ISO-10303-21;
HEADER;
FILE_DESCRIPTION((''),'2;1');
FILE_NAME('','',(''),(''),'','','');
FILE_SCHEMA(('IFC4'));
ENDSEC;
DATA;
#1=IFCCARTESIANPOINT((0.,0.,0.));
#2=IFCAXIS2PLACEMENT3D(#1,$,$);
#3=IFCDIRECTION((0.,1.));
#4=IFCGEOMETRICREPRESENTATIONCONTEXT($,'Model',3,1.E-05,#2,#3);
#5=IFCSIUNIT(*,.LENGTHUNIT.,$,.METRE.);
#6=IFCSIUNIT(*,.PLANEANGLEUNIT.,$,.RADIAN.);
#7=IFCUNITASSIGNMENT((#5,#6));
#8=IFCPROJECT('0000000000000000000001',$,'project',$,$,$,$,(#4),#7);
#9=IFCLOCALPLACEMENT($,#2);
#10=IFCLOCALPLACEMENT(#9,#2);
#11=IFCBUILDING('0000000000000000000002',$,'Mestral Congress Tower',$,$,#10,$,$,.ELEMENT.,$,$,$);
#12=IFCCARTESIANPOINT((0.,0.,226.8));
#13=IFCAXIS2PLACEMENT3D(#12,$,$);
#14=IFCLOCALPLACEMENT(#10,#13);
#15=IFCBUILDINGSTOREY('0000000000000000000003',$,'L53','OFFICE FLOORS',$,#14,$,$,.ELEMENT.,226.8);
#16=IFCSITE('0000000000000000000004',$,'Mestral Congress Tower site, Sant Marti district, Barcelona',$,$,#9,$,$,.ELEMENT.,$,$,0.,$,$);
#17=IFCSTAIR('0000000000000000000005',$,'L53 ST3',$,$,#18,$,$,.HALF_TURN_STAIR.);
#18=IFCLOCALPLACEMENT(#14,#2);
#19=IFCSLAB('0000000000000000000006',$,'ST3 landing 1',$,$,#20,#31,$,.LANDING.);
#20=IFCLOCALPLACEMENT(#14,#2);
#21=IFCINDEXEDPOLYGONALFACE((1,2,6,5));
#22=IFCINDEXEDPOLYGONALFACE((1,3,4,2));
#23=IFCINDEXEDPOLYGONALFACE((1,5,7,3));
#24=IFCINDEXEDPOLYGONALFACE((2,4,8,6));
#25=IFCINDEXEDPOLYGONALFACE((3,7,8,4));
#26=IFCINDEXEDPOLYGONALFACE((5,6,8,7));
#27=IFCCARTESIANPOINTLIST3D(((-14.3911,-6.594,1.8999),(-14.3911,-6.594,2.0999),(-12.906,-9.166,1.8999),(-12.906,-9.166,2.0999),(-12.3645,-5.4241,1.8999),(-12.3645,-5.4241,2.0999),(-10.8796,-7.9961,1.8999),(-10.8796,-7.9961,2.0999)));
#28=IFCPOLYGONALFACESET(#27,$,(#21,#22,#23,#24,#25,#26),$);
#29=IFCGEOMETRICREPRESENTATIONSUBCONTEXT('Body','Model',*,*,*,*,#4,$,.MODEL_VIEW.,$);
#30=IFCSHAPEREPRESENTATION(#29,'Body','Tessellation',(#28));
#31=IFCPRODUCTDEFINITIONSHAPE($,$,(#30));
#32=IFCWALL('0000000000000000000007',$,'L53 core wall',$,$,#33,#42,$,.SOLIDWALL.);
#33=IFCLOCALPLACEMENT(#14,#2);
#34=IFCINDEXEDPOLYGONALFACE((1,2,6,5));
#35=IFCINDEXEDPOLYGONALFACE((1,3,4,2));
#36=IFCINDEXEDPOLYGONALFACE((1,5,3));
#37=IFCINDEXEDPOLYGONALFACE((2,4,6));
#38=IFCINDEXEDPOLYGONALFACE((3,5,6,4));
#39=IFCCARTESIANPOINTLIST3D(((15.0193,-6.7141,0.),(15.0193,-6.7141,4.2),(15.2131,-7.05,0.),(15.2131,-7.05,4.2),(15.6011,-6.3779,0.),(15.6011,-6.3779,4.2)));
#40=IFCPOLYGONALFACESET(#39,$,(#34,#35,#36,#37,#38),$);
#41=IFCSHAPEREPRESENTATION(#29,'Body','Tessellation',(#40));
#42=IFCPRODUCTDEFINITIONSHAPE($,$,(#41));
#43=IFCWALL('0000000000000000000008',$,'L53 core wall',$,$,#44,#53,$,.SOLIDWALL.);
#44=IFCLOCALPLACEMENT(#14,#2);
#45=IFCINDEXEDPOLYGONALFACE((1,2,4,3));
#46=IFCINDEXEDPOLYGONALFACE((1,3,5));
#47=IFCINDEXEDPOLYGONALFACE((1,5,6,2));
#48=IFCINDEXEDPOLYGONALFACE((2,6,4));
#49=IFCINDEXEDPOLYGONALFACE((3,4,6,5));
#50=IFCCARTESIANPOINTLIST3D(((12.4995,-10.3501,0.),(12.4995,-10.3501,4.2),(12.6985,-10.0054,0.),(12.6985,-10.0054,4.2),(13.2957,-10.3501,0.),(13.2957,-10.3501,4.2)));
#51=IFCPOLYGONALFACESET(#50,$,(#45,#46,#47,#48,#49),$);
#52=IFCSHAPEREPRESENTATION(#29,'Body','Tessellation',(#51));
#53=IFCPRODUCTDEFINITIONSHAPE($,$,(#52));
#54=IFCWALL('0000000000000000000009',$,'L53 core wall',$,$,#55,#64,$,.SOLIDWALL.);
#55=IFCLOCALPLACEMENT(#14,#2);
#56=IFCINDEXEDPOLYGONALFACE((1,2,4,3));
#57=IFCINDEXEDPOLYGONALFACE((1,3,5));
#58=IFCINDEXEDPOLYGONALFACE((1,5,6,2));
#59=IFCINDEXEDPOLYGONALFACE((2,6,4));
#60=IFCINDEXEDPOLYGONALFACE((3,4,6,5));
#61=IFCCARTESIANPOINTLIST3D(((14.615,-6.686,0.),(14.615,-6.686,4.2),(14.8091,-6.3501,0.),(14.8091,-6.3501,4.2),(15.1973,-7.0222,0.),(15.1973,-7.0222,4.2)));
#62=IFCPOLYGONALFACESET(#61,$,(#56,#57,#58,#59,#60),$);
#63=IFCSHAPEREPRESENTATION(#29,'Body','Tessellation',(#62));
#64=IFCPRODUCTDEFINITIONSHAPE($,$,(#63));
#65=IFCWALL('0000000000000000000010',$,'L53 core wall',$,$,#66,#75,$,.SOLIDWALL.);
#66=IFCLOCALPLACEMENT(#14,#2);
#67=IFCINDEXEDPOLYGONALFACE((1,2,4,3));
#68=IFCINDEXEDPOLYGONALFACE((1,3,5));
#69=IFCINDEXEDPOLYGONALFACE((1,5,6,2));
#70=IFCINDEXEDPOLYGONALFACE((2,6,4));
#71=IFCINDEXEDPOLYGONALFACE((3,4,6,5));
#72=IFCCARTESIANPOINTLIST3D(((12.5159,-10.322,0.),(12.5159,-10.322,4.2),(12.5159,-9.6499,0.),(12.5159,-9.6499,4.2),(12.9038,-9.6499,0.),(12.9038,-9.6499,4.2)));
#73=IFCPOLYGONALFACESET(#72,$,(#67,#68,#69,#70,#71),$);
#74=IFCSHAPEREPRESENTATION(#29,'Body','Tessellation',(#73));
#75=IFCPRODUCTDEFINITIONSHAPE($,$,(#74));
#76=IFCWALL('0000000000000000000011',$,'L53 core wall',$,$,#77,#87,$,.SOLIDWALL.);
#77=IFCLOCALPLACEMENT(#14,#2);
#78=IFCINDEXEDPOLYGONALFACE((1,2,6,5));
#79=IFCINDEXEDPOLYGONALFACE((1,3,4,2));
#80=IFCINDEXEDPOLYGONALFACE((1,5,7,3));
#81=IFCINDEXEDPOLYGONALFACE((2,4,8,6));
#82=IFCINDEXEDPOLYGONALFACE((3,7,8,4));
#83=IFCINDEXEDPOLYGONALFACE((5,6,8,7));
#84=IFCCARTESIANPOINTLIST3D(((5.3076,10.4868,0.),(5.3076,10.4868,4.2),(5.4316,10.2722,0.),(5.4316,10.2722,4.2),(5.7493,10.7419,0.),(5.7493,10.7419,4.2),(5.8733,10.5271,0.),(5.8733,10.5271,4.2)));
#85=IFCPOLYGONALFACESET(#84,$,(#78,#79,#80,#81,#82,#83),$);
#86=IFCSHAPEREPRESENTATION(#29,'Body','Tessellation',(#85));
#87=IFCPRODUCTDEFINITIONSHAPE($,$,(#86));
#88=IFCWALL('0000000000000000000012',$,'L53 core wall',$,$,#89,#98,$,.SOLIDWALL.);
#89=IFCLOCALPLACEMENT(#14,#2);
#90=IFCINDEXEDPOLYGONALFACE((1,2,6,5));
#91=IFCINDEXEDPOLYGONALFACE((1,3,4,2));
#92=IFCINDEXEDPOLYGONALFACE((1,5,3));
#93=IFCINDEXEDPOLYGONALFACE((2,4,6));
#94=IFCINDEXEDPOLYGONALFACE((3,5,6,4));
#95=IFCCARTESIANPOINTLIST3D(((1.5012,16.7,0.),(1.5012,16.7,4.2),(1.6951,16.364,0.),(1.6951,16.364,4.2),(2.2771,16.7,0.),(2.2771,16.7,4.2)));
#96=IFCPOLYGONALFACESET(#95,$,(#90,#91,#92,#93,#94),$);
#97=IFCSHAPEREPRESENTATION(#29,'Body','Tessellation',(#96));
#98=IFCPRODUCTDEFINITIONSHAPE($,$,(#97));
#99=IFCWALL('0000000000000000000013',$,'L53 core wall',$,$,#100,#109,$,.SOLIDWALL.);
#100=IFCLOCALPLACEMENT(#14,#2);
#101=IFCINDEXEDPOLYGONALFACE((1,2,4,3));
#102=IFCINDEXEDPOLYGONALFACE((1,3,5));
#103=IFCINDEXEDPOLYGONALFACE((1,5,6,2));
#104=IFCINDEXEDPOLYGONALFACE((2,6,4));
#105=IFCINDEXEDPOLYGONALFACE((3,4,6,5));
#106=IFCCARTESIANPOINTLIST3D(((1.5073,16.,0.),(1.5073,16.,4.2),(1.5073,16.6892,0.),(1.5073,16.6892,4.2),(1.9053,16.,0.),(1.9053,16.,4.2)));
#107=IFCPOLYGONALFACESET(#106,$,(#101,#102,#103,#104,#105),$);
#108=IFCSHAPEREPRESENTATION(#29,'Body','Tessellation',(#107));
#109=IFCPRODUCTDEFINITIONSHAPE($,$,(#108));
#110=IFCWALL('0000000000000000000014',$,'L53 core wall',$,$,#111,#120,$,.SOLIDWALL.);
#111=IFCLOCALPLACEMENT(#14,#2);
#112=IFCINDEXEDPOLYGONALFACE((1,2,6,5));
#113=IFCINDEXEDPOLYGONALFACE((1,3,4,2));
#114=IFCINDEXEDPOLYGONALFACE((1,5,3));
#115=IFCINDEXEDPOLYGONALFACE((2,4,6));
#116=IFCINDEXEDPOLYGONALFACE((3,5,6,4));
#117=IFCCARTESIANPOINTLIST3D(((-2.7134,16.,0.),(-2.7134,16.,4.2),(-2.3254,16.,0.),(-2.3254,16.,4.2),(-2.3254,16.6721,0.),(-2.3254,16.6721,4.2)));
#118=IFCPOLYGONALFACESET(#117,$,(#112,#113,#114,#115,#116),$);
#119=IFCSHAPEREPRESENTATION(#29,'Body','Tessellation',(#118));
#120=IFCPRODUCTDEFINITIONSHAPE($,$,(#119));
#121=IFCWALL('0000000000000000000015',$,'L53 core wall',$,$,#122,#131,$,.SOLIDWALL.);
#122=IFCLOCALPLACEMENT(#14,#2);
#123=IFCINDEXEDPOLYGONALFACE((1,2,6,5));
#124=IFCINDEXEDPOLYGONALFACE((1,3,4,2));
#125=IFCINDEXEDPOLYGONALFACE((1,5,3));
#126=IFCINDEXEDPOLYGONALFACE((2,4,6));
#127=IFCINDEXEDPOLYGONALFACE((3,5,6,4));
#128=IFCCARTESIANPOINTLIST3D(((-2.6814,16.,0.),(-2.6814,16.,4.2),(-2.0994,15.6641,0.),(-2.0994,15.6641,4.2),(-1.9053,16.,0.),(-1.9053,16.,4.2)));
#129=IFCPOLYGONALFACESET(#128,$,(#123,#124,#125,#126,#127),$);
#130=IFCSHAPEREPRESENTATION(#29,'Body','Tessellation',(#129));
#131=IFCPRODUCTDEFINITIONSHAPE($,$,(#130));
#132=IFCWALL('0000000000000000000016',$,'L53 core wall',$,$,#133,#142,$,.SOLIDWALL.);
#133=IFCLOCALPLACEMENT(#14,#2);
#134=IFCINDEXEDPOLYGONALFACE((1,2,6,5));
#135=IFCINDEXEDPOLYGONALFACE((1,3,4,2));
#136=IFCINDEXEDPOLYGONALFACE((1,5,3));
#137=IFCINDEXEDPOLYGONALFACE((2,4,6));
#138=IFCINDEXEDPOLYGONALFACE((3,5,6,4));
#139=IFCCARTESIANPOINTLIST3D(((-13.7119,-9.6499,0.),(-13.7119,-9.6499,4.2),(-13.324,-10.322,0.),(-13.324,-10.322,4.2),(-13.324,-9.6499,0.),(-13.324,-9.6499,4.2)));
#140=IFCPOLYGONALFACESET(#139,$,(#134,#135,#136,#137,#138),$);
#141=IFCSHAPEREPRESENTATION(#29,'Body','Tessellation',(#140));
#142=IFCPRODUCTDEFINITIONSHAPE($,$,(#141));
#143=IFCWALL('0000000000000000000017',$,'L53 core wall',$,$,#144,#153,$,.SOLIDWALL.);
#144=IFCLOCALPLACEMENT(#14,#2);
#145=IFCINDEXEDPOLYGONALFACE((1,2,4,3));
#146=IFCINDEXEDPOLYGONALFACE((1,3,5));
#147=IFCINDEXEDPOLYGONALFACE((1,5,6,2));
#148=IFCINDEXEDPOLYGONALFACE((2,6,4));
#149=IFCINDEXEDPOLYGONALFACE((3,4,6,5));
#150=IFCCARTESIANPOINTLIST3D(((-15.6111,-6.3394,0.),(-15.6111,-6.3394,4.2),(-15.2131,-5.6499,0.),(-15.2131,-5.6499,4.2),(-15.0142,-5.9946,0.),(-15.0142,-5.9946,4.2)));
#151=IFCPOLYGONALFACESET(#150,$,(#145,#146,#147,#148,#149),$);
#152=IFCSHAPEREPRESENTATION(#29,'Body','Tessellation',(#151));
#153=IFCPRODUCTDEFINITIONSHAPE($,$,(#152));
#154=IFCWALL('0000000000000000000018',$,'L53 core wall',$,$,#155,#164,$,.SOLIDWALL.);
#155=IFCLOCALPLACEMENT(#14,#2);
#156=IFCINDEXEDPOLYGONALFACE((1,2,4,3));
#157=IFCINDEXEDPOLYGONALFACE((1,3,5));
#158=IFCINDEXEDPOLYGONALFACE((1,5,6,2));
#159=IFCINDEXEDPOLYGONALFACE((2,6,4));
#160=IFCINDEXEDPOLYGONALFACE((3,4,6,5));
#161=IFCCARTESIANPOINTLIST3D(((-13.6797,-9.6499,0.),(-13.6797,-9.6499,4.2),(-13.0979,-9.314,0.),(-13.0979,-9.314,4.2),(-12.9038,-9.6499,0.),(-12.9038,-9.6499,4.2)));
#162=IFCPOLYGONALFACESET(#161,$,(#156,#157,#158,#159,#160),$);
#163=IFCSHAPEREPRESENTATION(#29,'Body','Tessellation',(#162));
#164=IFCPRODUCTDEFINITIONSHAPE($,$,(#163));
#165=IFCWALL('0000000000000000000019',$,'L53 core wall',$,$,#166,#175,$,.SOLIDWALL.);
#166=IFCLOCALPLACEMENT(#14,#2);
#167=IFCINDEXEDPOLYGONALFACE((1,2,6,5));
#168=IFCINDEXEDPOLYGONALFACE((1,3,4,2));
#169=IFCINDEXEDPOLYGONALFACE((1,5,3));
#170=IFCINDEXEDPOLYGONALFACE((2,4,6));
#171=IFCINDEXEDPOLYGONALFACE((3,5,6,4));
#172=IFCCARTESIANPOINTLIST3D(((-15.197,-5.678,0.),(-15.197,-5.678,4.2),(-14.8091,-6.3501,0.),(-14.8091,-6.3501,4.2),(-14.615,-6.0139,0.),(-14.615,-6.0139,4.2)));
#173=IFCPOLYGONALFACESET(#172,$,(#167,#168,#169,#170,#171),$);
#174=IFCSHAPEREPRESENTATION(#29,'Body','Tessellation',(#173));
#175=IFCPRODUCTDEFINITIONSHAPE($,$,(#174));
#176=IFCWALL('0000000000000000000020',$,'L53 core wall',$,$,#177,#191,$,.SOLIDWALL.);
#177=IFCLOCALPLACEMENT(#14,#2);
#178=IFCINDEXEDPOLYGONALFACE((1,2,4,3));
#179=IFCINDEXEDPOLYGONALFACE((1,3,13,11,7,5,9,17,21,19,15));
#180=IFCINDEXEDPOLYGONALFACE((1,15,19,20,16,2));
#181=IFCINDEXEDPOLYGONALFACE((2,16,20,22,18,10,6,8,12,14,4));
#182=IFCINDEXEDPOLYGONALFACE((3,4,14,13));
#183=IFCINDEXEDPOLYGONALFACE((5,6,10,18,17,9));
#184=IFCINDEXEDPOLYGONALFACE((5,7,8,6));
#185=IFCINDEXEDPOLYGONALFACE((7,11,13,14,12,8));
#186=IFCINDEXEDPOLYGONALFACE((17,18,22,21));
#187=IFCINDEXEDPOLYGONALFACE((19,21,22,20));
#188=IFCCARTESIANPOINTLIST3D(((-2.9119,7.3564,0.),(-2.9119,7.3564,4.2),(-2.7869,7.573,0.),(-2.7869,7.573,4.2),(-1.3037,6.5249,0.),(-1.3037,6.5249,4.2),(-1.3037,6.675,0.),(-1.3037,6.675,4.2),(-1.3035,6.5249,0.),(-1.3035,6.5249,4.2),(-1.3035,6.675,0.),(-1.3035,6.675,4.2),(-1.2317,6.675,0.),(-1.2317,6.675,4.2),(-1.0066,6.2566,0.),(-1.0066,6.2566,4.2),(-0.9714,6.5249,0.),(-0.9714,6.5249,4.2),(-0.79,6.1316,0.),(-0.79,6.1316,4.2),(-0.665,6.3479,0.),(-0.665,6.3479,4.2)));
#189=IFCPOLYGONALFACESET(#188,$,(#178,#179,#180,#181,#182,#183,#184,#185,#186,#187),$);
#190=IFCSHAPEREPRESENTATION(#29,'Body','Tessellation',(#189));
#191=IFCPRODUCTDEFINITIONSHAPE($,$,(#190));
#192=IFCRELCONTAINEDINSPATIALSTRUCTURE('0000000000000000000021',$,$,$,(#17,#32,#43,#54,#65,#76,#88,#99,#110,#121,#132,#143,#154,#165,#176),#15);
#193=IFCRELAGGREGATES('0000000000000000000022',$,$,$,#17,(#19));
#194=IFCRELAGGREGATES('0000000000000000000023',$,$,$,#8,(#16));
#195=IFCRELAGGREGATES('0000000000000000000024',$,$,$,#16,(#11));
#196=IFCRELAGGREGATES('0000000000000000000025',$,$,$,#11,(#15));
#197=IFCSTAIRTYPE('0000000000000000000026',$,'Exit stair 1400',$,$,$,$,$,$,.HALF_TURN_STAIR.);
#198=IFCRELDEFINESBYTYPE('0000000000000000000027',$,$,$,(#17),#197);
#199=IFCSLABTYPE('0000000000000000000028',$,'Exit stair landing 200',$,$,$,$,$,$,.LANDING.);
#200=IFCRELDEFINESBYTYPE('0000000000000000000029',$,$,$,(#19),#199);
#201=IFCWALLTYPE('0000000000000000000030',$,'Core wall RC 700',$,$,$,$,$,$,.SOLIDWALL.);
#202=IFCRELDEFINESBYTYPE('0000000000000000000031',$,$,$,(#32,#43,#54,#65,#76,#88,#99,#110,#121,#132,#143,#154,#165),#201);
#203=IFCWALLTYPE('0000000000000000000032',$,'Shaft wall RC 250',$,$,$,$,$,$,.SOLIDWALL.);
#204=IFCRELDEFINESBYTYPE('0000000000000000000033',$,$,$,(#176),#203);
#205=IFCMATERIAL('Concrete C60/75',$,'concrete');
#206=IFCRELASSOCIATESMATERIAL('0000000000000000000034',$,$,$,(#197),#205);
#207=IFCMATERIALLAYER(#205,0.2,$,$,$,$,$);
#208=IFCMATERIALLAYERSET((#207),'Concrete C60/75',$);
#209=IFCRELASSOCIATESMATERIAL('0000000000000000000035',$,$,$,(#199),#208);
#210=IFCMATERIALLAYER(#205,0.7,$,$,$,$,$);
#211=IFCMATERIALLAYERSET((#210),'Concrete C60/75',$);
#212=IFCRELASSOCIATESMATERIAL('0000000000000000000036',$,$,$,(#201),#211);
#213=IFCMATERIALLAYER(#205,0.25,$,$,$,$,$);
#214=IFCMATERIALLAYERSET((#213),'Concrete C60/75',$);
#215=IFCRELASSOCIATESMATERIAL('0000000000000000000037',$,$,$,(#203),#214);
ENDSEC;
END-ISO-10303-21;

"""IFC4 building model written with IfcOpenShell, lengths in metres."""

from ifc_helpers import new_model, si_unit, direction, frame, origin, place, context, subcontext, project, spatial, polyline, outline, extrude, material, layer, layer_set, type_object, element, aggregate, save


model = new_model("IFC4")

# Units and contexts
model_context = context("Model", 3, precision=1e-05, world=origin(), true_north=direction((0.0, 1.0)))
body_context = subcontext(model_context, "Body", "Model", "MODEL_VIEW")
ifc_project = project(units=[si_unit("LENGTHUNIT", "METRE"), si_unit("PLANEANGLEUNIT", "RADIAN")], contexts=[model_context])

# Site, building, storey
site_placement = place(None, origin())
site = spatial("IfcSite", under=ifc_project, at=site_placement, Name="Mestral Congress Tower site, Sant Marti district, Barcelona", CompositionType="ELEMENT", RefElevation=0.0)
building_placement = place(site_placement, origin())
building = spatial("IfcBuilding", under=site, at=building_placement, Name="Mestral Congress Tower", CompositionType="ELEMENT")
storey_placement = place(building_placement, frame((0.0, 0.0, 226.8)))
storey = spatial("IfcBuildingStorey", under=building, at=storey_placement, Name="L53", Description="OFFICE FLOORS", CompositionType="ELEMENT", Elevation=226.8)

# Shared definitions
ifc_material_1 = material(Name="Concrete C60/75", Category="concrete")

# Stair, slab
stair_type = type_object("IfcStairType", Name="Exit stair 1400", PredefinedType="HALF_TURN_STAIR", material=ifc_material_1)
placement_1 = place(storey_placement, origin())
ifc_layer_1 = layer(ifc_material_1, 0.2)
ifc_layer_set_1 = layer_set([ifc_layer_1], Name="Concrete C60/75")
slab_type_1 = type_object("IfcSlabType", Name="Exit stair landing 200", PredefinedType="LANDING", material=ifc_layer_set_1)
placement_2 = place(storey_placement, frame((0.0, 0.0, 1.8999)))
stair_1 = element("IfcStair", 1, at=placement_1, inside=storey, type_object=stair_type, Name="L53 ST3", PredefinedType="HALF_TURN_STAIR")
slab_1 = element("IfcSlab", 2, at=placement_2, type_object=slab_type_1, Name="ST3 landing 1", PredefinedType="LANDING", context=body_context, shape_type="SweptSolid", body=[
    extrude(outline(polyline([(-12.3645, -5.4241), (-10.8796, -7.9961), (-12.906, -9.166), (-14.3911, -6.594), (-12.3645, -5.4241)])), origin(), (0.0, 0.0, 1.0), 0.2),
])
aggregate(stair_1, [slab_1])

# Walls
ifc_layer_2 = layer(ifc_material_1, 0.7)
ifc_layer_set_2 = layer_set([ifc_layer_2], Name="Concrete C60/75")
wall_type_1 = type_object("IfcWallType", Name="Core wall RC 700", PredefinedType="SOLIDWALL", material=ifc_layer_set_2)
element("IfcWall", 3, at=placement_1, inside=storey, type_object=wall_type_1, Name="L53 core wall", PredefinedType="SOLIDWALL", context=body_context, shape_type="SweptSolid", body=[
    extrude(outline(polyline([(15.2131, -7.05), (15.0193, -6.7141), (15.6011, -6.3779), (15.2131, -7.05)])), origin(), (0.0, 0.0, 1.0), 4.2),
])
element("IfcWall", 4, at=placement_1, inside=storey, type_object=wall_type_1, Name="L53 core wall", PredefinedType="SOLIDWALL", context=body_context, shape_type="SweptSolid", body=[
    extrude(outline(polyline([(12.6985, -10.0054), (13.2957, -10.3501), (12.4995, -10.3501), (12.6985, -10.0054)])), origin(), (0.0, 0.0, 1.0), 4.2),
])
element("IfcWall", 5, at=placement_1, inside=storey, type_object=wall_type_1, Name="L53 core wall", PredefinedType="SOLIDWALL", context=body_context, shape_type="SweptSolid", body=[
    extrude(outline(polyline([(14.8091, -6.3501), (15.1973, -7.0222), (14.615, -6.686), (14.8091, -6.3501)])), origin(), (0.0, 0.0, 1.0), 4.2),
])
element("IfcWall", 6, at=placement_1, inside=storey, type_object=wall_type_1, Name="L53 core wall", PredefinedType="SOLIDWALL", context=body_context, shape_type="SweptSolid", body=[
    extrude(outline(polyline([(12.9038, -9.6499), (12.5159, -10.322), (12.5159, -9.6499), (12.9038, -9.6499)])), origin(), (0.0, 0.0, 1.0), 4.2),
])
element("IfcWall", 7, at=placement_1, inside=storey, type_object=wall_type_1, Name="L53 core wall", PredefinedType="SOLIDWALL", context=body_context, shape_type="SweptSolid", body=[
    extrude(outline(polyline([(5.4316, 10.2722), (5.3076, 10.4868), (5.7493, 10.7419), (5.8733, 10.5271), (5.4316, 10.2722)])), origin(), (0.0, 0.0, 1.0), 4.2),
])
element("IfcWall", 8, at=placement_1, inside=storey, type_object=wall_type_1, Name="L53 core wall", PredefinedType="SOLIDWALL", context=body_context, shape_type="SweptSolid", body=[
    extrude(outline(polyline([(1.5012, 16.7), (2.2771, 16.7), (1.6951, 16.364), (1.5012, 16.7)])), origin(), (0.0, 0.0, 1.0), 4.2),
])
element("IfcWall", 9, at=placement_1, inside=storey, type_object=wall_type_1, Name="L53 core wall", PredefinedType="SOLIDWALL", context=body_context, shape_type="SweptSolid", body=[
    extrude(outline(polyline([(1.9053, 16.0), (1.5073, 16.0), (1.5073, 16.6892), (1.9053, 16.0)])), origin(), (0.0, 0.0, 1.0), 4.2),
])
element("IfcWall", 10, at=placement_1, inside=storey, type_object=wall_type_1, Name="L53 core wall", PredefinedType="SOLIDWALL", context=body_context, shape_type="SweptSolid", body=[
    extrude(outline(polyline([(-2.7134, 16.0), (-2.3254, 16.6721), (-2.3254, 16.0), (-2.7134, 16.0)])), origin(), (0.0, 0.0, 1.0), 4.2),
])
element("IfcWall", 11, at=placement_1, inside=storey, type_object=wall_type_1, Name="L53 core wall", PredefinedType="SOLIDWALL", context=body_context, shape_type="SweptSolid", body=[
    extrude(outline(polyline([(-1.9053, 16.0), (-2.0994, 15.6641), (-2.6814, 16.0), (-1.9053, 16.0)])), origin(), (0.0, 0.0, 1.0), 4.2),
])
element("IfcWall", 12, at=placement_1, inside=storey, type_object=wall_type_1, Name="L53 core wall", PredefinedType="SOLIDWALL", context=body_context, shape_type="SweptSolid", body=[
    extrude(outline(polyline([(-13.7119, -9.6499), (-13.324, -9.6499), (-13.324, -10.322), (-13.7119, -9.6499)])), origin(), (0.0, 0.0, 1.0), 4.2),
])
element("IfcWall", 13, at=placement_1, inside=storey, type_object=wall_type_1, Name="L53 core wall", PredefinedType="SOLIDWALL", context=body_context, shape_type="SweptSolid", body=[
    extrude(outline(polyline([(-15.0142, -5.9946), (-15.6111, -6.3394), (-15.2131, -5.6499), (-15.0142, -5.9946)])), origin(), (0.0, 0.0, 1.0), 4.2),
])
element("IfcWall", 14, at=placement_1, inside=storey, type_object=wall_type_1, Name="L53 core wall", PredefinedType="SOLIDWALL", context=body_context, shape_type="SweptSolid", body=[
    extrude(outline(polyline([(-12.9038, -9.6499), (-13.6797, -9.6499), (-13.0979, -9.314), (-12.9038, -9.6499)])), origin(), (0.0, 0.0, 1.0), 4.2),
])
element("IfcWall", 15, at=placement_1, inside=storey, type_object=wall_type_1, Name="L53 core wall", PredefinedType="SOLIDWALL", context=body_context, shape_type="SweptSolid", body=[
    extrude(outline(polyline([(-14.8091, -6.3501), (-15.197, -5.678), (-14.615, -6.0139), (-14.8091, -6.3501)])), origin(), (0.0, 0.0, 1.0), 4.2),
])
ifc_layer_3 = layer(ifc_material_1, 0.25)
ifc_layer_set_3 = layer_set([ifc_layer_3], Name="Concrete C60/75")
wall_type_2 = type_object("IfcWallType", Name="Shaft wall RC 250", PredefinedType="SOLIDWALL", material=ifc_layer_set_3)
element("IfcWall", 16, at=placement_1, inside=storey, type_object=wall_type_2, Name="L53 core wall", PredefinedType="SOLIDWALL", context=body_context, shape_type="SweptSolid", body=[
    extrude(outline(polyline([(-2.9119, 7.3564), (-2.7869, 7.573), (-1.2317, 6.675), (-1.3035, 6.675), (-1.3037, 6.675), (-1.3037, 6.675), (-1.3037, 6.5249), (-1.3037, 6.5249), (-1.3035, 6.5249), (-0.9714, 6.5249), (-0.665, 6.3479), (-0.79, 6.1316), (-1.0066, 6.2566), (-1.0066, 6.2566), (-2.9119, 7.3564)])), origin(), (0.0, 0.0, 1.0), 4.2),
])

save(model, "model.ifc")
